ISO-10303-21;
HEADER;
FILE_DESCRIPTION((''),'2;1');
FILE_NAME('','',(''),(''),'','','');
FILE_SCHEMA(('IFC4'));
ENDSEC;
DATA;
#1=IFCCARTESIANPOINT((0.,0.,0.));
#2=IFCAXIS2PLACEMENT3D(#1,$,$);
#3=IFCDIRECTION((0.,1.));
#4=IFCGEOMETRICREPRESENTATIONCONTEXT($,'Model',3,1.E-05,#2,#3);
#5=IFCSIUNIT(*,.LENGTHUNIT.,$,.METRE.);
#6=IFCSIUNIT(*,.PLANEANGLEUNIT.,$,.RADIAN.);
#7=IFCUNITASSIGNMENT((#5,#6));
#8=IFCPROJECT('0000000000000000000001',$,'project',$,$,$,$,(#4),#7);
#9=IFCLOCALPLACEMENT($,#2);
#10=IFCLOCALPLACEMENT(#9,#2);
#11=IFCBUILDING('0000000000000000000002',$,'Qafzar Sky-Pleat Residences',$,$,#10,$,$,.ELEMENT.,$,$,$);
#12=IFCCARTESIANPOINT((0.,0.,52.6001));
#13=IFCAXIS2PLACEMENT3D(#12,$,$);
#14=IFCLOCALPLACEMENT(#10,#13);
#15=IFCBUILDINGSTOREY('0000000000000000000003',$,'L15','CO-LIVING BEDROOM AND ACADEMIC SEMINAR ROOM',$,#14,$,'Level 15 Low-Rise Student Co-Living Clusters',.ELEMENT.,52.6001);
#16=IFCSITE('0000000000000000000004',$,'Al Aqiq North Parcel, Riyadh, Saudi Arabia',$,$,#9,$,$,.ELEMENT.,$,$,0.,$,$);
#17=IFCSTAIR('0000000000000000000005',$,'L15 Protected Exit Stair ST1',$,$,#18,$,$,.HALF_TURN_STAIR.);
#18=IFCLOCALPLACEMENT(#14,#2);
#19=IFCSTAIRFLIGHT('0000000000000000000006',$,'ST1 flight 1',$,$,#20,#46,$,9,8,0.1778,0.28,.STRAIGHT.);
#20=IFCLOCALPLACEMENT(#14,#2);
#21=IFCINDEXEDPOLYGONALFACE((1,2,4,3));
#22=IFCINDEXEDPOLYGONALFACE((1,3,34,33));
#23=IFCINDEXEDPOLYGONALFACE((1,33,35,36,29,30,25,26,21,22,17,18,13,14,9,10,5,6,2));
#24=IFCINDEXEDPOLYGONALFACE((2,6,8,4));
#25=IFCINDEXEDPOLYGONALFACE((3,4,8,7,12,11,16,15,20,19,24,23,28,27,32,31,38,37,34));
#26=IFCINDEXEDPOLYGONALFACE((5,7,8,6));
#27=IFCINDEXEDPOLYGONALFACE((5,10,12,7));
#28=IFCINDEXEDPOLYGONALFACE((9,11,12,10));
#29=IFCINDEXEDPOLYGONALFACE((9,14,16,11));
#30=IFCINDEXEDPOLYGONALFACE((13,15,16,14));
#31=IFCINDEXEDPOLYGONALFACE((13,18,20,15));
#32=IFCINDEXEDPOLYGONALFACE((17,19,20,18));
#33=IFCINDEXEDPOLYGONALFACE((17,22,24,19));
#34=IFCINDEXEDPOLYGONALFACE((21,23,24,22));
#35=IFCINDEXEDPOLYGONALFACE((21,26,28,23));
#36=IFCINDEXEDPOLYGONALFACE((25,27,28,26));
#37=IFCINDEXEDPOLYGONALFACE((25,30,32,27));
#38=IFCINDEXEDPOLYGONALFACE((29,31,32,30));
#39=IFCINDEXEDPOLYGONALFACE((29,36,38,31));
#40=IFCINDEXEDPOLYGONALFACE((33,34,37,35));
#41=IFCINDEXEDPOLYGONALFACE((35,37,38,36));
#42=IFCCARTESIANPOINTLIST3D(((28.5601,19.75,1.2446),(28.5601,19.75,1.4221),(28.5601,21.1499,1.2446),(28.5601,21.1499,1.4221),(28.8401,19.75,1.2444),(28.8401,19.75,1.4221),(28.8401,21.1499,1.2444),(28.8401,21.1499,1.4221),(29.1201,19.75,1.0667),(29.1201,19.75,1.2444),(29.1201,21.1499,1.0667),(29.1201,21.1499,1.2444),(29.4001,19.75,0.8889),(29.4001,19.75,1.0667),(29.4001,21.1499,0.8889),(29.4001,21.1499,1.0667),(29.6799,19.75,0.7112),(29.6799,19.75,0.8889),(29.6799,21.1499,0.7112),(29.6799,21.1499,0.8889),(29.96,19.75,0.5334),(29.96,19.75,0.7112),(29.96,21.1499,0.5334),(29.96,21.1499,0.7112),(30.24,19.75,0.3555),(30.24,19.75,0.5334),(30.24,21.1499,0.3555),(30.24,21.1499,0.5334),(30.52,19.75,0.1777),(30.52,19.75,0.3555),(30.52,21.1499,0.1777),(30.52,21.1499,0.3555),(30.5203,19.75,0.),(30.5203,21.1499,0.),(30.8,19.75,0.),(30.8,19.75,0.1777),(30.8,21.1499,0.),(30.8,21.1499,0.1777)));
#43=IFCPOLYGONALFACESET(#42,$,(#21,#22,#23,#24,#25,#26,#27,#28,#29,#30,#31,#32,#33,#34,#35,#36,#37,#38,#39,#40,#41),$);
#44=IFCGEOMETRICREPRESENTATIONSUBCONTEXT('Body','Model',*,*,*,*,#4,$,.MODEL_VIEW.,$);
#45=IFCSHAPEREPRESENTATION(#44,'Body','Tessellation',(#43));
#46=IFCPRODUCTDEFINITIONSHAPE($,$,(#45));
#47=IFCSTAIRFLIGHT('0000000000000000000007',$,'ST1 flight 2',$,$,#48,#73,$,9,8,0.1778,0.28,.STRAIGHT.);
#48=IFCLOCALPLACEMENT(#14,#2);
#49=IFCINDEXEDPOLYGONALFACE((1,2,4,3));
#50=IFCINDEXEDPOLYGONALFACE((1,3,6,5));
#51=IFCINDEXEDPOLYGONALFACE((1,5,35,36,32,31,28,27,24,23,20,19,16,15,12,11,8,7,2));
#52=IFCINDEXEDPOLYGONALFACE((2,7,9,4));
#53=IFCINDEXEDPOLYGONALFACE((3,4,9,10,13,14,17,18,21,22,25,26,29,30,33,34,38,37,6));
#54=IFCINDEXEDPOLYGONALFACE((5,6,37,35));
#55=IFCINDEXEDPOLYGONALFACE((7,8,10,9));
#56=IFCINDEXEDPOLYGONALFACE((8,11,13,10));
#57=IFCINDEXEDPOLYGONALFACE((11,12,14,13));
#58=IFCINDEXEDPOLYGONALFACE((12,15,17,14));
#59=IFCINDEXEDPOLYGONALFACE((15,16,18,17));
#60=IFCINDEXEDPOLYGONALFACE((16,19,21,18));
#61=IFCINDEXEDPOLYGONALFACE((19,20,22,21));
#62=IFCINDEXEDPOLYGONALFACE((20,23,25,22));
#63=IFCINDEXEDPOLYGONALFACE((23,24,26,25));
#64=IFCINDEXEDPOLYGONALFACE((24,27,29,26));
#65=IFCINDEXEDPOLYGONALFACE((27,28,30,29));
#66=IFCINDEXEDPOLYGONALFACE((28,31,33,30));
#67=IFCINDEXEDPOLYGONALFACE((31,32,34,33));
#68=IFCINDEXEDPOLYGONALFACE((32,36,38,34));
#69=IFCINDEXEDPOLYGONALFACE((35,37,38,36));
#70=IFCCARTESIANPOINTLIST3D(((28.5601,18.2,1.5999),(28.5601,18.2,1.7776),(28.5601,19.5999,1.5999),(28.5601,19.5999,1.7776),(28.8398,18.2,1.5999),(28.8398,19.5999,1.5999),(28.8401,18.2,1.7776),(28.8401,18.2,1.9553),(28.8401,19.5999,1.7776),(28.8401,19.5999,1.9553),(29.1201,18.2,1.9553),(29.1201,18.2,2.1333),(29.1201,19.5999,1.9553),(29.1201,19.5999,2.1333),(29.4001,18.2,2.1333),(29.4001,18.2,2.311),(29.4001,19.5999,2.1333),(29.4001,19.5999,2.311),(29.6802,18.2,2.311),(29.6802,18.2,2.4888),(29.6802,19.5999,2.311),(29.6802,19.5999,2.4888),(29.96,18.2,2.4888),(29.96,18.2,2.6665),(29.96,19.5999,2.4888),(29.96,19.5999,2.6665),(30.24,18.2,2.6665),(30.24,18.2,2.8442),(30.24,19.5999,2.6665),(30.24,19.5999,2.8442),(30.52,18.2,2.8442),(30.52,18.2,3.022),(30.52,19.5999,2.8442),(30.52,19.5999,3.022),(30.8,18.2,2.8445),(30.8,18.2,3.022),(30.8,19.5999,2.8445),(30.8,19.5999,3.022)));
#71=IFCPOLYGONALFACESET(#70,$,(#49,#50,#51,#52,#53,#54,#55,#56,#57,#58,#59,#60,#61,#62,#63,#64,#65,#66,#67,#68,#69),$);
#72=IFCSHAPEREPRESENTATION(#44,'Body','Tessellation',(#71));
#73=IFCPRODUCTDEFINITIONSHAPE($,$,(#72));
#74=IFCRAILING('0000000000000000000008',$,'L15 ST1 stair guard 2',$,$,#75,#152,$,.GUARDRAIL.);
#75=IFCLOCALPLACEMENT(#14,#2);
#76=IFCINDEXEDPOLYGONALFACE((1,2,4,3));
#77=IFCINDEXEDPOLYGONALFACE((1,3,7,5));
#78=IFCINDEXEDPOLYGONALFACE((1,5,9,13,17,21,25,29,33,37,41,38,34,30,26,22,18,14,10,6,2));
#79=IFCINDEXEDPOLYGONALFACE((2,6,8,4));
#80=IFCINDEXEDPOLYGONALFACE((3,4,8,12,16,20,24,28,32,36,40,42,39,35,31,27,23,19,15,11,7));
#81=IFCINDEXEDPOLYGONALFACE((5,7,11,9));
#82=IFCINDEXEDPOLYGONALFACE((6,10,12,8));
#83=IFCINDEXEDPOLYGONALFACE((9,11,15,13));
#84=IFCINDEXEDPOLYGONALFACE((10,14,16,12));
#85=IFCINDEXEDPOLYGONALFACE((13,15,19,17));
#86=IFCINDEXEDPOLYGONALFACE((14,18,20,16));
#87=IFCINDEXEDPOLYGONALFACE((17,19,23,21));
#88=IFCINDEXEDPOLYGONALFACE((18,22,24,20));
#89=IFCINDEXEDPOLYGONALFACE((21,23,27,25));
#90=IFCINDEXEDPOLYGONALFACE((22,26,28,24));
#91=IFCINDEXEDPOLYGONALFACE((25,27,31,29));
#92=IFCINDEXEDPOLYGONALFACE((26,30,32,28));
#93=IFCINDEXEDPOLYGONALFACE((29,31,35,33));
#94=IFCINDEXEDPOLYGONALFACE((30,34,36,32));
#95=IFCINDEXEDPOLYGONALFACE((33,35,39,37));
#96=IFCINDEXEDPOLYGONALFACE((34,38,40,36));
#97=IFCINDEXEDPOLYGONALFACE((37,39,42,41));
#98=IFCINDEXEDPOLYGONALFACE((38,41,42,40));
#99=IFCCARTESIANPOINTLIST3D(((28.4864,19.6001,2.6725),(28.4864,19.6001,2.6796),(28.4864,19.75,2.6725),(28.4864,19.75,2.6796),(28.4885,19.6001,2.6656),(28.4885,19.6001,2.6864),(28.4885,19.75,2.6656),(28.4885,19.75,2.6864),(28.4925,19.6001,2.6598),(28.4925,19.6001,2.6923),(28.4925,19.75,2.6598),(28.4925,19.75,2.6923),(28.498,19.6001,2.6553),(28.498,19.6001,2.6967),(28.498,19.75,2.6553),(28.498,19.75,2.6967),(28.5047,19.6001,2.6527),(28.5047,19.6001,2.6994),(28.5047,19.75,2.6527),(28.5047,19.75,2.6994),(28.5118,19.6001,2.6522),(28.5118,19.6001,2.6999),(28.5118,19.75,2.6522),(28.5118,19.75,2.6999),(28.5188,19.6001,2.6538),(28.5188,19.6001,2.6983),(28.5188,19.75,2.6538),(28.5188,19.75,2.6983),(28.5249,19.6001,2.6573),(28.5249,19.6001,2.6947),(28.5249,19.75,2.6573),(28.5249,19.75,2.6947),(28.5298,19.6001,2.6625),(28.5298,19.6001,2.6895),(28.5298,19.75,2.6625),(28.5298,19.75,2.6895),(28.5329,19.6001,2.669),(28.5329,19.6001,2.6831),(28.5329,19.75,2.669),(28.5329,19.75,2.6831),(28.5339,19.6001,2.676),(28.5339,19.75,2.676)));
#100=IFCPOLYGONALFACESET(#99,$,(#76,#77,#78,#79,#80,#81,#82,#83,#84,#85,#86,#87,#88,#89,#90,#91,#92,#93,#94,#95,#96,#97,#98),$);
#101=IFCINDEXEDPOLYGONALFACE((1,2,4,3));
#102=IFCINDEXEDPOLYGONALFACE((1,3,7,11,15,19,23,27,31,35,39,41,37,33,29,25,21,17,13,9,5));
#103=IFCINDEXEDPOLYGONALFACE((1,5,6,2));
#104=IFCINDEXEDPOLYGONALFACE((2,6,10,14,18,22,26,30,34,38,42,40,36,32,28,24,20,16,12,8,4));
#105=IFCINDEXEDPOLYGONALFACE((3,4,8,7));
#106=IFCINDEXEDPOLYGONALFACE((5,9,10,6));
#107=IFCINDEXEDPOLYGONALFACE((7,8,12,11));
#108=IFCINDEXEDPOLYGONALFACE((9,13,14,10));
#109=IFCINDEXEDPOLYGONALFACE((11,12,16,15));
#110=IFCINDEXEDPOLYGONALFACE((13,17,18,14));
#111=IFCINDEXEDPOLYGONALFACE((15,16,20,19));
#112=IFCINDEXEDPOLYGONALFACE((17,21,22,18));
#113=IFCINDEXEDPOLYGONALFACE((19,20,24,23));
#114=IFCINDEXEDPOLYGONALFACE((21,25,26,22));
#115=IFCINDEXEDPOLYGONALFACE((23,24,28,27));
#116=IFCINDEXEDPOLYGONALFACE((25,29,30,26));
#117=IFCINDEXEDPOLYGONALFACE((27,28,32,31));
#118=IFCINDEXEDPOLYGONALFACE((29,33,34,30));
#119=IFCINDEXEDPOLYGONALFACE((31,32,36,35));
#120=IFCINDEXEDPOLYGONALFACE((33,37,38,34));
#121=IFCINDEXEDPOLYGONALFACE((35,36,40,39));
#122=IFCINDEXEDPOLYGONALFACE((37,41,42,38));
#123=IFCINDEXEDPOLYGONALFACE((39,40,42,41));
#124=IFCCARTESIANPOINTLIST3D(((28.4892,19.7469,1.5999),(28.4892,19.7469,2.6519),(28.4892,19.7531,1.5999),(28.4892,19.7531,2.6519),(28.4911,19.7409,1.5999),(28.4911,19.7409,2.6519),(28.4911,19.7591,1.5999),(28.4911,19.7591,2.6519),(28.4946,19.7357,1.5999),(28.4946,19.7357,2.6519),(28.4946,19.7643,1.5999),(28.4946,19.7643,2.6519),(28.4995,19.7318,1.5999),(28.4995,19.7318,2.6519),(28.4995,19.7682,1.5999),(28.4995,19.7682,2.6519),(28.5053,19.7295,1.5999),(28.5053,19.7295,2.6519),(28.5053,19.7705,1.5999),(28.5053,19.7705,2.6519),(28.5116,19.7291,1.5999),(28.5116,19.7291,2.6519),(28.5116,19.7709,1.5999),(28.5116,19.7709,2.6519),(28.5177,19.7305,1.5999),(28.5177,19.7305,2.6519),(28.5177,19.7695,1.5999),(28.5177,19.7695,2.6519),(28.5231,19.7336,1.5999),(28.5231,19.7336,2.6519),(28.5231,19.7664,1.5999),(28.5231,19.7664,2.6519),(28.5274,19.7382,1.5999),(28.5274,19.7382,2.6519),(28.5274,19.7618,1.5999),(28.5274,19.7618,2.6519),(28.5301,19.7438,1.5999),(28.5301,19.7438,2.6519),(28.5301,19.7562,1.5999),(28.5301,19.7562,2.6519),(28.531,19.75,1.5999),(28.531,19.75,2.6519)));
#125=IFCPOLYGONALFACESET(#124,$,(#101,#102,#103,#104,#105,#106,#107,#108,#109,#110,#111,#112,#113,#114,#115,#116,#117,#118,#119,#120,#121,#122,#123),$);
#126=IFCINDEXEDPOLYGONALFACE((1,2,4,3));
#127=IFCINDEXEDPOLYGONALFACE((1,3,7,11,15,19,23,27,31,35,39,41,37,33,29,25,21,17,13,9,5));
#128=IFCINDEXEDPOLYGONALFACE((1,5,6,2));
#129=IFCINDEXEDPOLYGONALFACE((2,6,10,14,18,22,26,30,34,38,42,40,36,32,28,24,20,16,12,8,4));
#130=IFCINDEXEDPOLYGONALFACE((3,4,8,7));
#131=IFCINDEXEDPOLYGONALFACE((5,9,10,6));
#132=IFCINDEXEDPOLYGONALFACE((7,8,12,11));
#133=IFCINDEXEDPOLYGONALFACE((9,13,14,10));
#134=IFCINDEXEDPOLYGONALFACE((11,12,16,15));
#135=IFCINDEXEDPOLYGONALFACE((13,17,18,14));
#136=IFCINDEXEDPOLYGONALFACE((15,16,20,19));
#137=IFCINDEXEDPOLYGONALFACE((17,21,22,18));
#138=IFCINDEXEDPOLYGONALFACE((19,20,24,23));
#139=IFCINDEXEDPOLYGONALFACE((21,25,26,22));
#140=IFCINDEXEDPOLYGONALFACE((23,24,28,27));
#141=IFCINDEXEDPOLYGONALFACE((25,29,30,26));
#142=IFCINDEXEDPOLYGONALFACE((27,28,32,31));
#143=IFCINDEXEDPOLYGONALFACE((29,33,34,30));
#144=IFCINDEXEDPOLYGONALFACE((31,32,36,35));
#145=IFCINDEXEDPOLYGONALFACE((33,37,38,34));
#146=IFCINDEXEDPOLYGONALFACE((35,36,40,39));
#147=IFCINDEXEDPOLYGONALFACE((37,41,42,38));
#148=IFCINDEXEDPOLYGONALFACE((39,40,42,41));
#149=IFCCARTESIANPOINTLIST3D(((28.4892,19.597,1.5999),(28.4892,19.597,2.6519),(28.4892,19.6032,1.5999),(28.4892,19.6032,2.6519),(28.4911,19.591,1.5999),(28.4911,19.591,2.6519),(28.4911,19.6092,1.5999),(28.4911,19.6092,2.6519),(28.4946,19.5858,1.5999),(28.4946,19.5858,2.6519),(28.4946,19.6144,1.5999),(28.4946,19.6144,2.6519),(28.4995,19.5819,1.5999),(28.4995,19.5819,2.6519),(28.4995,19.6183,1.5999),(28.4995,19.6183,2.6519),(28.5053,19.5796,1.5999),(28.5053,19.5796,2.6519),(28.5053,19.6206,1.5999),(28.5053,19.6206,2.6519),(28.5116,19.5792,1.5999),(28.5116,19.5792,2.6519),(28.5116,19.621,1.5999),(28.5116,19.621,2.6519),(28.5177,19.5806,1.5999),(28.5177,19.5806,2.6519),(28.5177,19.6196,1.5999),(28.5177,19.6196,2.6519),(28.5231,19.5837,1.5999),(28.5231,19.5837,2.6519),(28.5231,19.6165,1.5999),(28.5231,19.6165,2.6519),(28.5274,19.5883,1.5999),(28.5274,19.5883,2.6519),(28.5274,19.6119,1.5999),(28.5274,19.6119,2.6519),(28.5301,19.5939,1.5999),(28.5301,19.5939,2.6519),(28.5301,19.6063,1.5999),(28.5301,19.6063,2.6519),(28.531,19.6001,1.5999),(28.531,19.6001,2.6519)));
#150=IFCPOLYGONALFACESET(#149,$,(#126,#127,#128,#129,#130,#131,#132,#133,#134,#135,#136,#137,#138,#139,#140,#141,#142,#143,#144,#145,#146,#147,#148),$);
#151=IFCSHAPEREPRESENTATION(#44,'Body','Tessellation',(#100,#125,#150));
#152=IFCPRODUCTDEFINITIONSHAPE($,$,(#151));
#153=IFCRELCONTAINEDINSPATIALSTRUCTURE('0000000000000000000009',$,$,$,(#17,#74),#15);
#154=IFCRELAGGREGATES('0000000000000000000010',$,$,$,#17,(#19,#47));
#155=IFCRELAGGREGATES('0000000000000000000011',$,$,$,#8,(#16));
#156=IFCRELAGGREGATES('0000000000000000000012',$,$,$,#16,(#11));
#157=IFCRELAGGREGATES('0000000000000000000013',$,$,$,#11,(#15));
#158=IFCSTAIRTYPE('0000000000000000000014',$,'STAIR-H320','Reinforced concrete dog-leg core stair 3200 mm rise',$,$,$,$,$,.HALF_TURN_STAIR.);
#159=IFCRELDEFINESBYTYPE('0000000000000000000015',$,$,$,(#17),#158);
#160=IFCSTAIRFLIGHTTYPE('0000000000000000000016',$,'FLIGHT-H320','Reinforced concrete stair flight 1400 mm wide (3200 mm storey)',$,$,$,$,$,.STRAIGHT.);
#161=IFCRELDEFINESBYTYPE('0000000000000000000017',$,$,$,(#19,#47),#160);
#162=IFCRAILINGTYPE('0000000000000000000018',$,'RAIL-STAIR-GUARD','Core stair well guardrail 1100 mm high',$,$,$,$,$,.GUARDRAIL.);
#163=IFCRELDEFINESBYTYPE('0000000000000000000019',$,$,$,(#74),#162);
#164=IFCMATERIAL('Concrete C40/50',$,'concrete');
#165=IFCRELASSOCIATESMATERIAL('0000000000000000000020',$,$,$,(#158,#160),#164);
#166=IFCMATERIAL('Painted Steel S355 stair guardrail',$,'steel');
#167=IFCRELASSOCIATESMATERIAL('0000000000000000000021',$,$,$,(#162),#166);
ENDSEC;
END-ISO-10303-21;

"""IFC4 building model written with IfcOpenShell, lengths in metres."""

from ifc_helpers import new_model, si_unit, direction, frame, origin, origin_2d, place, context, subcontext, project, spatial, polyline, circle, outline, extrude, source, transform, mapped, material, type_object, element, aggregate, save


model = new_model("IFC4")

# Units and contexts
model_context = context("Model", 3, precision=1e-05, world=origin(), true_north=direction((0.0, 1.0)))
body_context = subcontext(model_context, "Body", "Model", "MODEL_VIEW")
ifc_project = project(units=[si_unit("LENGTHUNIT", "METRE"), si_unit("PLANEANGLEUNIT", "RADIAN")], contexts=[model_context])

# Site, building, storey
site_placement = place(None, origin())
site = spatial("IfcSite", under=ifc_project, at=site_placement, Name="Al Aqiq North Parcel, Riyadh, Saudi Arabia", CompositionType="ELEMENT", RefElevation=0.0)
building_placement = place(site_placement, origin())
building = spatial("IfcBuilding", under=site, at=building_placement, Name="Qafzar Sky-Pleat Residences", CompositionType="ELEMENT")
storey_placement = place(building_placement, frame((0.0, 0.0, 52.6001)))
storey = spatial("IfcBuildingStorey", under=building, at=storey_placement, Name="L15", Description="CO-LIVING BEDROOM AND ACADEMIC SEMINAR ROOM", LongName="Level 15 Low-Rise Student Co-Living Clusters", CompositionType="ELEMENT", Elevation=52.6001)

# Stair, stair flights
ifc_material_1 = material(Name="Concrete C40/50", Category="concrete")
stair_type = type_object("IfcStairType", Name="STAIR-H320", Description="Reinforced concrete dog-leg core stair 3200 mm rise", PredefinedType="HALF_TURN_STAIR", material=ifc_material_1)
stair_placement = place(storey_placement, origin())
stair = element("IfcStair", 1, at=stair_placement, inside=storey, type_object=stair_type, Name="L15 Protected Exit Stair ST1", PredefinedType="HALF_TURN_STAIR")
stair_flight_type = type_object("IfcStairFlightType", Name="FLIGHT-H320", Description="Reinforced concrete stair flight 1400 mm wide (3200 mm storey)", PredefinedType="STRAIGHT", material=ifc_material_1)
shared_shape_1 = source(origin(), body_context, "Body", "SweptSolid", [
    extrude(outline(polyline([(0.0, 0.0), (0.0, 0.1777), (0.28, 0.1777), (0.28, 0.3555), (0.5601, 0.3555), (0.5601, 0.5334), (0.8401, 0.5334), (0.8401, 0.7112), (1.1201, 0.7112), (1.1201, 0.8889), (1.3999, 0.8889), (1.3999, 1.0667), (1.6799, 1.0667), (1.6799, 1.2444), (1.96, 1.2444), (1.96, 1.4221), (2.24, 1.4221), (2.24, 1.6001), (2.24, 1.2446), (0.2798, 0.0), (0.0, 0.0)])), frame((0.0, 0.7, 0.0), z_axis=(0.0, -1.0, 0.0), x_axis=(1.0, 0.0, 0.0)), (0.0, 0.0, 1.0), 1.3999),
])
stair_flight_1_placement = place(storey_placement, frame((30.8, 20.45, 0.0), z_axis=(0.0, 0.0, 1.0), x_axis=(-1.0, 0.0, 0.0)))
stair_flight_1 = element("IfcStairFlight", 2, at=stair_flight_1_placement, type_object=stair_flight_type, Name="ST1 flight 1", NumberOfRisers=9, NumberOfTreads=8, PredefinedType="STRAIGHT", RiserHeight=0.1778, TreadLength=0.28, context=body_context, shape_type="MappedRepresentation", body=[
    mapped(shared_shape_1, transform((0.0, 0.0, 0.0), x_axis=(1.0, 0.0, 0.0), y_axis=(0.0, 1.0, 0.0), z_axis=(0.0, 0.0, 1.0), scale=1.0)),
])
stair_flight_2_placement = place(storey_placement, frame((28.5601, 18.8999, 1.5999), z_axis=(0.0, 0.0, 1.0), x_axis=(1.0, 0.0, 0.0)))
stair_flight_2 = element("IfcStairFlight", 3, at=stair_flight_2_placement, type_object=stair_flight_type, Name="ST1 flight 2", NumberOfRisers=9, NumberOfTreads=8, PredefinedType="STRAIGHT", RiserHeight=0.1778, TreadLength=0.28, context=body_context, shape_type="MappedRepresentation", body=[
    mapped(shared_shape_1, transform((0.0, 0.0, 0.0), x_axis=(1.0, 0.0, 0.0), y_axis=(0.0, 1.0, 0.0), z_axis=(0.0, 0.0, 1.0), scale=1.0)),
])
aggregate(stair, [stair_flight_1, stair_flight_2])

# Railing
ifc_material_2 = material(Name="Painted Steel S355 stair guardrail", Category="steel")
railing_type_1 = type_object("IfcRailingType", Name="RAIL-STAIR-GUARD", Description="Core stair well guardrail 1100 mm high", PredefinedType="GUARDRAIL", material=ifc_material_2)
shared_shape_2 = source(origin(), body_context, "Body", "SweptSolid", [
    extrude(circle(Radius=0.0239, at=origin_2d()), frame((0.0, 0.0, 1.0762), z_axis=(0.0, -1.0, 0.0), x_axis=(1.0, 0.0, 0.0)), (0.0, 0.0, 1.0), 0.1499),
    extrude(circle(Radius=0.021, at=origin_2d()), origin(), (0.0, 0.0, 1.0), 1.052),
    extrude(circle(Radius=0.021, at=origin_2d()), frame((0.0, -0.1499, 0.0)), (0.0, 0.0, 1.0), 1.052),
])
for number, where, name in (
    (4, (28.51, 19.75, 1.5999), "L15 ST1 stair guard 2"),
):
    element("IfcRailing", number, at=place(storey_placement, frame(where)), inside=storey, type_object=railing_type_1, Name=name, PredefinedType="GUARDRAIL", context=body_context, shape_type="MappedRepresentation", body=[
        mapped(shared_shape_2, transform((0.0, 0.0, 0.0), x_axis=(1.0, 0.0, 0.0), y_axis=(0.0, 1.0, 0.0), z_axis=(0.0, 0.0, 1.0), scale=1.0)),
    ])

save(model, "model.ifc")
